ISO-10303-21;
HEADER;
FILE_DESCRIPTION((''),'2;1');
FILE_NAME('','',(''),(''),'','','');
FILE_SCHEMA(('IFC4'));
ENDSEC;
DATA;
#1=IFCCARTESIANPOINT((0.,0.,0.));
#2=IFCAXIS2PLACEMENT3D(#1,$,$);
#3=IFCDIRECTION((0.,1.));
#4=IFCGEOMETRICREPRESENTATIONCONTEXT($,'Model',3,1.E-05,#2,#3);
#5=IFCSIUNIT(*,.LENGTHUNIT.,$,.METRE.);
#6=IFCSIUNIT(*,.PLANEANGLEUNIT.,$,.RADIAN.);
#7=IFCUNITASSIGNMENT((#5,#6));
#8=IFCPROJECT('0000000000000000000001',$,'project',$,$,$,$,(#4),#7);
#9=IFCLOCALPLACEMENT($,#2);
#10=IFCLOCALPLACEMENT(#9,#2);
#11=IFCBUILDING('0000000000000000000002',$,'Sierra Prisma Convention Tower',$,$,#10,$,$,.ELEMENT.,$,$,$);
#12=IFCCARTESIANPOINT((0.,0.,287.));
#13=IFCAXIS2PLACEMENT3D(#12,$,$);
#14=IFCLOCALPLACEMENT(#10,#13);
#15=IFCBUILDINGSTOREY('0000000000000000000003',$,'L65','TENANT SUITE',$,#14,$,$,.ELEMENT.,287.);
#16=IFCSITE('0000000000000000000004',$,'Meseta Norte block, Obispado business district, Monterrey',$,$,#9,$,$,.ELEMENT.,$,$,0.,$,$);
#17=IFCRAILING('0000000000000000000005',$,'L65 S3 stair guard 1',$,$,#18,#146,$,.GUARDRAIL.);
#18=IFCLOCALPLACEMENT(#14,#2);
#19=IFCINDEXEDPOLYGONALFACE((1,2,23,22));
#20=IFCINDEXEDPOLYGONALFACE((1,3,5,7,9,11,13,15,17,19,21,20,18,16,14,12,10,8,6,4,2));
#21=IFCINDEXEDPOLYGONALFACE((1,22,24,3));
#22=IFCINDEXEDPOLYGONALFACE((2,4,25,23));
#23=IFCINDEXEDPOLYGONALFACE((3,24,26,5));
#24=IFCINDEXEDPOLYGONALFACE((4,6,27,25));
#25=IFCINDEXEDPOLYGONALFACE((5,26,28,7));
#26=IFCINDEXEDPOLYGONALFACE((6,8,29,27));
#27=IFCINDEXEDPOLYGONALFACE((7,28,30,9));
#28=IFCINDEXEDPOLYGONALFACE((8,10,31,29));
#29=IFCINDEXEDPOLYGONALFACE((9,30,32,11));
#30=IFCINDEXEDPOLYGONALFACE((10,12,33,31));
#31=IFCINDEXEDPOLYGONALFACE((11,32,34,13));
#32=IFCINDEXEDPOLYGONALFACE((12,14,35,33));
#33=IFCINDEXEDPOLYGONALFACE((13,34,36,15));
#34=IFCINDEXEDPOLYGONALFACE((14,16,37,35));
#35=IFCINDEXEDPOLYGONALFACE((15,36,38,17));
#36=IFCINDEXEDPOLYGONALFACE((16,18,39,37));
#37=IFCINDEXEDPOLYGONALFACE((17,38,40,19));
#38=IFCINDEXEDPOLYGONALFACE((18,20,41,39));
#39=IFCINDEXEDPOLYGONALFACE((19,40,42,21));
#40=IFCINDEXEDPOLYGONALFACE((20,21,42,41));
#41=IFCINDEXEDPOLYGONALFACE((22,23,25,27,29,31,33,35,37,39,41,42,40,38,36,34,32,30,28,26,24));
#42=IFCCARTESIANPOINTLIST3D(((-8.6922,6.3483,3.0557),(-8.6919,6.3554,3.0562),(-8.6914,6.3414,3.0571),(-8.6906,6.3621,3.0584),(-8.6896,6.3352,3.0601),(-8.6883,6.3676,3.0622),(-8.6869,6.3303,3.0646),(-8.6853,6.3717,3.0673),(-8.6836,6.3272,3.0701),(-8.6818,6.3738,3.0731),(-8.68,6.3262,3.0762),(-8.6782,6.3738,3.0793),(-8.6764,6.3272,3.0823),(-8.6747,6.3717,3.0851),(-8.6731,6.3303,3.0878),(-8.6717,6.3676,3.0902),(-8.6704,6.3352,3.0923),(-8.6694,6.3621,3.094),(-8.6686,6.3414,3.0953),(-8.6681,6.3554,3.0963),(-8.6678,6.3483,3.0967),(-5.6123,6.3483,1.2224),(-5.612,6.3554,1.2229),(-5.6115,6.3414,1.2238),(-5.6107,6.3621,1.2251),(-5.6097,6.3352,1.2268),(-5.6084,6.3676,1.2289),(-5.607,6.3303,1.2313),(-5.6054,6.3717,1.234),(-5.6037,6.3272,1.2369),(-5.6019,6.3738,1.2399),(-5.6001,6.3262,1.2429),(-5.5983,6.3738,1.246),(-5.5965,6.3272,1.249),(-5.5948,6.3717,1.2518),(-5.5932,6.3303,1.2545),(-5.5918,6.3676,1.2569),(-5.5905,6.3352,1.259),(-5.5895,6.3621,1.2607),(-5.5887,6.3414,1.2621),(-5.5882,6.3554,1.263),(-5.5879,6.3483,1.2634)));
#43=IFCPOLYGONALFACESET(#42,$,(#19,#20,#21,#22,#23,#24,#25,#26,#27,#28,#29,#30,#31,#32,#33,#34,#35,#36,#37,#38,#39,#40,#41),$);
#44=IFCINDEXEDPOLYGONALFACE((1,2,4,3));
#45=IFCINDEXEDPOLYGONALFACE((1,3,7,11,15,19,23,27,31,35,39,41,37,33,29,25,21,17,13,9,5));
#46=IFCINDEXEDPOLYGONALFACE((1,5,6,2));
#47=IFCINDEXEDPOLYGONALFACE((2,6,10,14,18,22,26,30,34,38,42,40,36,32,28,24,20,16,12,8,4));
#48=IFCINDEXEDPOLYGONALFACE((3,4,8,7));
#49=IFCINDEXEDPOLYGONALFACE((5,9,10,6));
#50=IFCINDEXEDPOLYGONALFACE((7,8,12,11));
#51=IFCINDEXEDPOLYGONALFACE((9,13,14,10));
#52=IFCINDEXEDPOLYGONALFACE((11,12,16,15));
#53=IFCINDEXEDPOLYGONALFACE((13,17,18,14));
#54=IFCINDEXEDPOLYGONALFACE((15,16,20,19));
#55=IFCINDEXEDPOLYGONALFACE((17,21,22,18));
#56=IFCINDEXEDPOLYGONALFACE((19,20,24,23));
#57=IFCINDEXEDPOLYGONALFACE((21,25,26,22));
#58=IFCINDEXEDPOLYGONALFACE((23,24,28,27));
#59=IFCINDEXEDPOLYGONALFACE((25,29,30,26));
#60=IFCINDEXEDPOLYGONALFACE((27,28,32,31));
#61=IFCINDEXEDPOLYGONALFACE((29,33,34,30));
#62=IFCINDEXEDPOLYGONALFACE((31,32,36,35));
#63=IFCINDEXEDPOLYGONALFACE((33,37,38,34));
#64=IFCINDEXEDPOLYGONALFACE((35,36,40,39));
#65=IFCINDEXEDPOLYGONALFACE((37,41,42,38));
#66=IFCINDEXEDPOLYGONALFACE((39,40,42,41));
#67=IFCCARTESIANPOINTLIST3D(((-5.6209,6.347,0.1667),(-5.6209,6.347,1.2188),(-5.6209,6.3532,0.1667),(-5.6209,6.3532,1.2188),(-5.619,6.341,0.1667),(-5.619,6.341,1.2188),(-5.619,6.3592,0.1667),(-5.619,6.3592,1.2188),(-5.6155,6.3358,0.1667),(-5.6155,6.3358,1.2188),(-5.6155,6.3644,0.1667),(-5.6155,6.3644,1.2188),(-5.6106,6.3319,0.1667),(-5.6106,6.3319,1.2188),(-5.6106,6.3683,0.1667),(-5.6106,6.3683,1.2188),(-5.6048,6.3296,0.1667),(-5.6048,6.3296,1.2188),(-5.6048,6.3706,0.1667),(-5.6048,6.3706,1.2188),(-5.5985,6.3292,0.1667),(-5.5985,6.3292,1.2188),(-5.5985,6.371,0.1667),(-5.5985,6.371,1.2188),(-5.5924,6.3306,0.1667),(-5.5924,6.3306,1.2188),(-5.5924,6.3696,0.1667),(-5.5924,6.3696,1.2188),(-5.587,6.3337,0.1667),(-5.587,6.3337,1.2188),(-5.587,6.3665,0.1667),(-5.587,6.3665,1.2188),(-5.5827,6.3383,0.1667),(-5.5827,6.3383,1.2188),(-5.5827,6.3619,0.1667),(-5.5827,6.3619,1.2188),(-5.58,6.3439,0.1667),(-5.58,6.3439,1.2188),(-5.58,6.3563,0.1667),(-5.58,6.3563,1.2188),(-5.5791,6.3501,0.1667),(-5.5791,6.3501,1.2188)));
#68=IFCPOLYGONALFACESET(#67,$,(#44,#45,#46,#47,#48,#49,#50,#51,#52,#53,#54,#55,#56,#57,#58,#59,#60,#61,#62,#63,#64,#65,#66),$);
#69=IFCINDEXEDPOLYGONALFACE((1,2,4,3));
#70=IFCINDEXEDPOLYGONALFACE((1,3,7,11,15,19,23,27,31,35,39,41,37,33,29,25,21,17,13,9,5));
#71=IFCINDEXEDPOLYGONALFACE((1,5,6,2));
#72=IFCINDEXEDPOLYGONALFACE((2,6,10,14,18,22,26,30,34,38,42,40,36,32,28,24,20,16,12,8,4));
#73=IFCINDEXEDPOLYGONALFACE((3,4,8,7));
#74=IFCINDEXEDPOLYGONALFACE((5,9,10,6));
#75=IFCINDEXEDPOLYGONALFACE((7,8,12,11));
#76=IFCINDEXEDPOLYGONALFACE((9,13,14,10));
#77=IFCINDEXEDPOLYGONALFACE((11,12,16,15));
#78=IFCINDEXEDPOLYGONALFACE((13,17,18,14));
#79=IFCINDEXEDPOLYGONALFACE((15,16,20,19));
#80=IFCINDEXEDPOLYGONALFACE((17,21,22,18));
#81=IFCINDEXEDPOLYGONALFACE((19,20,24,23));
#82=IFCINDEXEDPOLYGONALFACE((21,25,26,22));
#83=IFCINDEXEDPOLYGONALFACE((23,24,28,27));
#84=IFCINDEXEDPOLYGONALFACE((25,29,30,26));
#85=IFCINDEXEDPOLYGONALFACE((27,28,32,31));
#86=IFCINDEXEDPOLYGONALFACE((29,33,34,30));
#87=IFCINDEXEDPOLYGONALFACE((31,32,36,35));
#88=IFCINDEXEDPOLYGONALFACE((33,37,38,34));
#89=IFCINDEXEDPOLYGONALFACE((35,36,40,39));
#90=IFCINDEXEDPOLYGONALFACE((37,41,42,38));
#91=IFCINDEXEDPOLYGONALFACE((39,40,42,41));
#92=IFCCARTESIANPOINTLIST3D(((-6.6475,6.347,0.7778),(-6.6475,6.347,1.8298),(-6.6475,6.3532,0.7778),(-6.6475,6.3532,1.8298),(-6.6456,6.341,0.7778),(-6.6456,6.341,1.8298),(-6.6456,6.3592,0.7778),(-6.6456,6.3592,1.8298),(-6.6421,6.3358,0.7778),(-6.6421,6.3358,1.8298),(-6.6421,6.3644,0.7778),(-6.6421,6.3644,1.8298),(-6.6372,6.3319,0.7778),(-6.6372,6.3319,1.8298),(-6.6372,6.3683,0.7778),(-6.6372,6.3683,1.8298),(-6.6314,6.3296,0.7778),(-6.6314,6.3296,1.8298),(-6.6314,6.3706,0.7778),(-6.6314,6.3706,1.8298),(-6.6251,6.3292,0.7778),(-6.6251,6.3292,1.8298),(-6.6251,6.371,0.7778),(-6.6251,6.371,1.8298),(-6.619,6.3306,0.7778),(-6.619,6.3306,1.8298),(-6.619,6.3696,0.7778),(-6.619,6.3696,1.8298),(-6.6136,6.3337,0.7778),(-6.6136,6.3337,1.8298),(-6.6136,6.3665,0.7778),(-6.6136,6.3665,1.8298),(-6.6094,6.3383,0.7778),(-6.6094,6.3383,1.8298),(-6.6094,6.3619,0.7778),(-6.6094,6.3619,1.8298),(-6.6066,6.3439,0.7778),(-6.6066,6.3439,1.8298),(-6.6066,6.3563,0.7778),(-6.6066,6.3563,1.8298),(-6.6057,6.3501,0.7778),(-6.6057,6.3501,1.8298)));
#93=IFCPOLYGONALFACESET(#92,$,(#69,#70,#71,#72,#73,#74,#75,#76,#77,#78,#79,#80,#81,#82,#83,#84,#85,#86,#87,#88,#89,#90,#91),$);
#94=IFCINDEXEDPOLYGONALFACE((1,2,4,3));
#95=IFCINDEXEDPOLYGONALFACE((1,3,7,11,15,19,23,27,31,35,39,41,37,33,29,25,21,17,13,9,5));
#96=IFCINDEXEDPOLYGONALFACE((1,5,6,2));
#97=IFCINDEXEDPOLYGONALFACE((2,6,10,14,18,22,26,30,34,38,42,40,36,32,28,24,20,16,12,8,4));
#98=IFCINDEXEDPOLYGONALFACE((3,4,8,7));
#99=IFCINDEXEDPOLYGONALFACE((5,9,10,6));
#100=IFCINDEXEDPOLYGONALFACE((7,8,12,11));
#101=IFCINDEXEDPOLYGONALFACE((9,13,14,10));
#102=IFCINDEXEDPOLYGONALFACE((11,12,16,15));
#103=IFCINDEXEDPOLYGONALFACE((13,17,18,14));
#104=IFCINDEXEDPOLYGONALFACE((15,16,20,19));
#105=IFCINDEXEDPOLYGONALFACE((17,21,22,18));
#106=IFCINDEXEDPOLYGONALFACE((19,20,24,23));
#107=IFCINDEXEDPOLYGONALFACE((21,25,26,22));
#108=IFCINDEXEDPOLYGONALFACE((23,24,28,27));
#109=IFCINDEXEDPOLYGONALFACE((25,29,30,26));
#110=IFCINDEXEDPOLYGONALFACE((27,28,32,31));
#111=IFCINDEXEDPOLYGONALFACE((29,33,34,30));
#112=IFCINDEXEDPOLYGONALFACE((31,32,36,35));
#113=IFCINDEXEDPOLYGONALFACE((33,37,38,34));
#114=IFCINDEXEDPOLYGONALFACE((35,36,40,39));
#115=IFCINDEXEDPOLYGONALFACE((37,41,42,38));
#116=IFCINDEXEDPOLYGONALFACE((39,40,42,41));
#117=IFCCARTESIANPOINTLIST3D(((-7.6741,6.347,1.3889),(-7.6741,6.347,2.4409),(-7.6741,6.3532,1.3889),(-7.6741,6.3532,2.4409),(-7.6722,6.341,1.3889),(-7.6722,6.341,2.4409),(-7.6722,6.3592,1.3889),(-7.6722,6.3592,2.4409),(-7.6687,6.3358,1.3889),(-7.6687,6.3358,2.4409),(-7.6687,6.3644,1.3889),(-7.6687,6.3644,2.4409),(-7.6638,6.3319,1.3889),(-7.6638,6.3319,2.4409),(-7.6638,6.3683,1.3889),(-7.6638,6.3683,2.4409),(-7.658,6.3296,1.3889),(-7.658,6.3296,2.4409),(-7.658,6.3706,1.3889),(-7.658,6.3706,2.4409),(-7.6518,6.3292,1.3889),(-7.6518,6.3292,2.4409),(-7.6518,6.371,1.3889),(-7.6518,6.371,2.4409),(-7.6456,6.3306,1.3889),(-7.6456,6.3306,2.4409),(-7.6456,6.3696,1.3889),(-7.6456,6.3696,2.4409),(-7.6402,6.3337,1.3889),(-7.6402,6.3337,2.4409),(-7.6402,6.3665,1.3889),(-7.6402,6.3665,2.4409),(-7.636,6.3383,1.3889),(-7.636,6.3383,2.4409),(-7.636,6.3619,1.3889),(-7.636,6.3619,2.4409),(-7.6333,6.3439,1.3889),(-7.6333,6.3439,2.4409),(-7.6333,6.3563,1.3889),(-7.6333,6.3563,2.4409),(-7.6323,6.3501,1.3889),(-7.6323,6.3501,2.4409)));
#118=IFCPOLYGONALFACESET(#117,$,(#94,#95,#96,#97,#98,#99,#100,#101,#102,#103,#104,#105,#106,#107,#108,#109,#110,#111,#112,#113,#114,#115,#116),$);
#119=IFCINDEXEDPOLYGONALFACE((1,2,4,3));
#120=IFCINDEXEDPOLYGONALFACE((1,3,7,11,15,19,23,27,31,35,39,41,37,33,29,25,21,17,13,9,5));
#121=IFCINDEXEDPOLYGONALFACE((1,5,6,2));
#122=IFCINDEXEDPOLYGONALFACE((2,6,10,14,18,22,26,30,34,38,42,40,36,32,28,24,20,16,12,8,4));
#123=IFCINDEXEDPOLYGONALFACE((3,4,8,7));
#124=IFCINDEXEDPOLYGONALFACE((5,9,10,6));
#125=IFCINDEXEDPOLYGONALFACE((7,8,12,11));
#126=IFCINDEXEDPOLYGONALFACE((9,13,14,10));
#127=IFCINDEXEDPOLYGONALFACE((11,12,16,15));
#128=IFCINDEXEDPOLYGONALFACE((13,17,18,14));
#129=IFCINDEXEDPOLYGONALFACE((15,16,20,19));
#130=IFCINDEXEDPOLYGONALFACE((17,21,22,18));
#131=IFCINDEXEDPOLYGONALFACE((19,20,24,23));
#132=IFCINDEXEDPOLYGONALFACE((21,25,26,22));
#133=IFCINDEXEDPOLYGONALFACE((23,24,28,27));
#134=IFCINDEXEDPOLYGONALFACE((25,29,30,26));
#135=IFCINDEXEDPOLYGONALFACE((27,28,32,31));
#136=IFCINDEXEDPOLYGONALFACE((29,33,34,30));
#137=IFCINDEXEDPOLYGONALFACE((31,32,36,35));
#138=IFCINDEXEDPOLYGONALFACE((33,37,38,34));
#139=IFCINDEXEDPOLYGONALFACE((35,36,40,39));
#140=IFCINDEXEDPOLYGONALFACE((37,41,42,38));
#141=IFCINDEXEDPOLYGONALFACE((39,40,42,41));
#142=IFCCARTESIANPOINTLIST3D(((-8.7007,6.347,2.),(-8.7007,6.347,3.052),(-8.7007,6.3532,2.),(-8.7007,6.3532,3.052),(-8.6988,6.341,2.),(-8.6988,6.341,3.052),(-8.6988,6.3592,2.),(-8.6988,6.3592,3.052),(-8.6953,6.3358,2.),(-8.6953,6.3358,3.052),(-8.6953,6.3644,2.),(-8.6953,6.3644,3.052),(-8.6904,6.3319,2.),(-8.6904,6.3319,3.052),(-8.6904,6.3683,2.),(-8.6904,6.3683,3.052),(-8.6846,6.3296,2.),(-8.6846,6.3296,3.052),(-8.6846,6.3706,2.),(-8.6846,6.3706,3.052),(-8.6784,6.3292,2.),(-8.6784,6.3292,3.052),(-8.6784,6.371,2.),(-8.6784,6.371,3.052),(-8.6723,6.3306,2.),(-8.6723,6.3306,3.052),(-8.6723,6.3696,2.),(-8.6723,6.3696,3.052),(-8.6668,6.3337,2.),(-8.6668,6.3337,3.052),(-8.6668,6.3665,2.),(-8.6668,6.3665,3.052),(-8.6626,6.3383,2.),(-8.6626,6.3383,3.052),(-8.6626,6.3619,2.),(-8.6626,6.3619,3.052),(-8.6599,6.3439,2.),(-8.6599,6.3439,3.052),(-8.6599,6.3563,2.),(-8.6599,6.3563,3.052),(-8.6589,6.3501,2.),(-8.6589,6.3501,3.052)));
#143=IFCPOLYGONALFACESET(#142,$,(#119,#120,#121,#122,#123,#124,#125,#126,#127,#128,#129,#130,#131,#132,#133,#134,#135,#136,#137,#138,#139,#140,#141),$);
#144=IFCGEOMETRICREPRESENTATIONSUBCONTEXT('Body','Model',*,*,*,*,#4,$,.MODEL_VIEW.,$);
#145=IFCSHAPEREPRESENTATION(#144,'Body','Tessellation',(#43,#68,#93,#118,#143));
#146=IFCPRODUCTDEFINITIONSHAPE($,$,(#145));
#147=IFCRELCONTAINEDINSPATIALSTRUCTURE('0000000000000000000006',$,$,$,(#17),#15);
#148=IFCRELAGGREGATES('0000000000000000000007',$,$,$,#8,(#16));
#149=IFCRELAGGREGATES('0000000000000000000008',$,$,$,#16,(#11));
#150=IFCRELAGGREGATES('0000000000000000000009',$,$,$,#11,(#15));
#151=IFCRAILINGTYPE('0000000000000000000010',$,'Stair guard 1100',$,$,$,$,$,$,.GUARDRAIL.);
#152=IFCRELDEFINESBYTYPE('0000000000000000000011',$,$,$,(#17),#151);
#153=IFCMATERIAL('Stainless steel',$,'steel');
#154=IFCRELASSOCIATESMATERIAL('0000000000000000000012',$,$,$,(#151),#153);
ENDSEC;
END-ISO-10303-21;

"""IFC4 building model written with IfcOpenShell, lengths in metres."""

from ifc_helpers import new_model, si_unit, direction, frame, origin, origin_2d, place, context, subcontext, project, spatial, circle, extrude, material, type_object, element, save


model = new_model("IFC4")

# Units and contexts
model_context = context("Model", 3, precision=1e-05, world=origin(), true_north=direction((0.0, 1.0)))
body_context = subcontext(model_context, "Body", "Model", "MODEL_VIEW")
ifc_project = project(units=[si_unit("LENGTHUNIT", "METRE"), si_unit("PLANEANGLEUNIT", "RADIAN")], contexts=[model_context])

# Site, building, storey
site_placement = place(None, origin())
site = spatial("IfcSite", under=ifc_project, at=site_placement, Name="Meseta Norte block, Obispado business district, Monterrey", CompositionType="ELEMENT", RefElevation=0.0)
building_placement = place(site_placement, origin())
building = spatial("IfcBuilding", under=site, at=building_placement, Name="Sierra Prisma Convention Tower", CompositionType="ELEMENT")
storey_placement = place(building_placement, frame((0.0, 0.0, 287.0)))
storey = spatial("IfcBuildingStorey", under=building, at=storey_placement, Name="L65", Description="TENANT SUITE", CompositionType="ELEMENT", Elevation=287.0)

# Railing
ifc_material_1 = material(Name="Stainless steel", Category="steel")
railing_type_1 = type_object("IfcRailingType", Name="Stair guard 1100", PredefinedType="GUARDRAIL", material=ifc_material_1)
railing_1_placement = place(storey_placement, frame((-5.6001, 6.3501, 0.1667)))
element("IfcRailing", 1, at=railing_1_placement, inside=storey, type_object=railing_type_1, Name="L65 S3 stair guard 1", PredefinedType="GUARDRAIL", context=body_context, shape_type="SweptSolid", body=[
    extrude(circle(Radius=0.0239, at=origin_2d()), frame((0.0, 0.0, 1.0762), z_axis=(-0.859291, 0.0, 0.511487), x_axis=(0.0, -1.0, 0.0)), (0.0, 0.0, 1.0), 3.5842),
    extrude(circle(Radius=0.021, at=origin_2d()), origin(), (0.0, 0.0, 1.0), 1.052),
    extrude(circle(Radius=0.021, at=origin_2d()), frame((-1.0266, 0.0, 0.6111)), (0.0, 0.0, 1.0), 1.052),
    extrude(circle(Radius=0.021, at=origin_2d()), frame((-2.0532, 0.0, 1.2222)), (0.0, 0.0, 1.0), 1.052),
    extrude(circle(Radius=0.021, at=origin_2d()), frame((-3.0798, 0.0, 1.8333)), (0.0, 0.0, 1.0), 1.052),
])

save(model, "model.ifc")
